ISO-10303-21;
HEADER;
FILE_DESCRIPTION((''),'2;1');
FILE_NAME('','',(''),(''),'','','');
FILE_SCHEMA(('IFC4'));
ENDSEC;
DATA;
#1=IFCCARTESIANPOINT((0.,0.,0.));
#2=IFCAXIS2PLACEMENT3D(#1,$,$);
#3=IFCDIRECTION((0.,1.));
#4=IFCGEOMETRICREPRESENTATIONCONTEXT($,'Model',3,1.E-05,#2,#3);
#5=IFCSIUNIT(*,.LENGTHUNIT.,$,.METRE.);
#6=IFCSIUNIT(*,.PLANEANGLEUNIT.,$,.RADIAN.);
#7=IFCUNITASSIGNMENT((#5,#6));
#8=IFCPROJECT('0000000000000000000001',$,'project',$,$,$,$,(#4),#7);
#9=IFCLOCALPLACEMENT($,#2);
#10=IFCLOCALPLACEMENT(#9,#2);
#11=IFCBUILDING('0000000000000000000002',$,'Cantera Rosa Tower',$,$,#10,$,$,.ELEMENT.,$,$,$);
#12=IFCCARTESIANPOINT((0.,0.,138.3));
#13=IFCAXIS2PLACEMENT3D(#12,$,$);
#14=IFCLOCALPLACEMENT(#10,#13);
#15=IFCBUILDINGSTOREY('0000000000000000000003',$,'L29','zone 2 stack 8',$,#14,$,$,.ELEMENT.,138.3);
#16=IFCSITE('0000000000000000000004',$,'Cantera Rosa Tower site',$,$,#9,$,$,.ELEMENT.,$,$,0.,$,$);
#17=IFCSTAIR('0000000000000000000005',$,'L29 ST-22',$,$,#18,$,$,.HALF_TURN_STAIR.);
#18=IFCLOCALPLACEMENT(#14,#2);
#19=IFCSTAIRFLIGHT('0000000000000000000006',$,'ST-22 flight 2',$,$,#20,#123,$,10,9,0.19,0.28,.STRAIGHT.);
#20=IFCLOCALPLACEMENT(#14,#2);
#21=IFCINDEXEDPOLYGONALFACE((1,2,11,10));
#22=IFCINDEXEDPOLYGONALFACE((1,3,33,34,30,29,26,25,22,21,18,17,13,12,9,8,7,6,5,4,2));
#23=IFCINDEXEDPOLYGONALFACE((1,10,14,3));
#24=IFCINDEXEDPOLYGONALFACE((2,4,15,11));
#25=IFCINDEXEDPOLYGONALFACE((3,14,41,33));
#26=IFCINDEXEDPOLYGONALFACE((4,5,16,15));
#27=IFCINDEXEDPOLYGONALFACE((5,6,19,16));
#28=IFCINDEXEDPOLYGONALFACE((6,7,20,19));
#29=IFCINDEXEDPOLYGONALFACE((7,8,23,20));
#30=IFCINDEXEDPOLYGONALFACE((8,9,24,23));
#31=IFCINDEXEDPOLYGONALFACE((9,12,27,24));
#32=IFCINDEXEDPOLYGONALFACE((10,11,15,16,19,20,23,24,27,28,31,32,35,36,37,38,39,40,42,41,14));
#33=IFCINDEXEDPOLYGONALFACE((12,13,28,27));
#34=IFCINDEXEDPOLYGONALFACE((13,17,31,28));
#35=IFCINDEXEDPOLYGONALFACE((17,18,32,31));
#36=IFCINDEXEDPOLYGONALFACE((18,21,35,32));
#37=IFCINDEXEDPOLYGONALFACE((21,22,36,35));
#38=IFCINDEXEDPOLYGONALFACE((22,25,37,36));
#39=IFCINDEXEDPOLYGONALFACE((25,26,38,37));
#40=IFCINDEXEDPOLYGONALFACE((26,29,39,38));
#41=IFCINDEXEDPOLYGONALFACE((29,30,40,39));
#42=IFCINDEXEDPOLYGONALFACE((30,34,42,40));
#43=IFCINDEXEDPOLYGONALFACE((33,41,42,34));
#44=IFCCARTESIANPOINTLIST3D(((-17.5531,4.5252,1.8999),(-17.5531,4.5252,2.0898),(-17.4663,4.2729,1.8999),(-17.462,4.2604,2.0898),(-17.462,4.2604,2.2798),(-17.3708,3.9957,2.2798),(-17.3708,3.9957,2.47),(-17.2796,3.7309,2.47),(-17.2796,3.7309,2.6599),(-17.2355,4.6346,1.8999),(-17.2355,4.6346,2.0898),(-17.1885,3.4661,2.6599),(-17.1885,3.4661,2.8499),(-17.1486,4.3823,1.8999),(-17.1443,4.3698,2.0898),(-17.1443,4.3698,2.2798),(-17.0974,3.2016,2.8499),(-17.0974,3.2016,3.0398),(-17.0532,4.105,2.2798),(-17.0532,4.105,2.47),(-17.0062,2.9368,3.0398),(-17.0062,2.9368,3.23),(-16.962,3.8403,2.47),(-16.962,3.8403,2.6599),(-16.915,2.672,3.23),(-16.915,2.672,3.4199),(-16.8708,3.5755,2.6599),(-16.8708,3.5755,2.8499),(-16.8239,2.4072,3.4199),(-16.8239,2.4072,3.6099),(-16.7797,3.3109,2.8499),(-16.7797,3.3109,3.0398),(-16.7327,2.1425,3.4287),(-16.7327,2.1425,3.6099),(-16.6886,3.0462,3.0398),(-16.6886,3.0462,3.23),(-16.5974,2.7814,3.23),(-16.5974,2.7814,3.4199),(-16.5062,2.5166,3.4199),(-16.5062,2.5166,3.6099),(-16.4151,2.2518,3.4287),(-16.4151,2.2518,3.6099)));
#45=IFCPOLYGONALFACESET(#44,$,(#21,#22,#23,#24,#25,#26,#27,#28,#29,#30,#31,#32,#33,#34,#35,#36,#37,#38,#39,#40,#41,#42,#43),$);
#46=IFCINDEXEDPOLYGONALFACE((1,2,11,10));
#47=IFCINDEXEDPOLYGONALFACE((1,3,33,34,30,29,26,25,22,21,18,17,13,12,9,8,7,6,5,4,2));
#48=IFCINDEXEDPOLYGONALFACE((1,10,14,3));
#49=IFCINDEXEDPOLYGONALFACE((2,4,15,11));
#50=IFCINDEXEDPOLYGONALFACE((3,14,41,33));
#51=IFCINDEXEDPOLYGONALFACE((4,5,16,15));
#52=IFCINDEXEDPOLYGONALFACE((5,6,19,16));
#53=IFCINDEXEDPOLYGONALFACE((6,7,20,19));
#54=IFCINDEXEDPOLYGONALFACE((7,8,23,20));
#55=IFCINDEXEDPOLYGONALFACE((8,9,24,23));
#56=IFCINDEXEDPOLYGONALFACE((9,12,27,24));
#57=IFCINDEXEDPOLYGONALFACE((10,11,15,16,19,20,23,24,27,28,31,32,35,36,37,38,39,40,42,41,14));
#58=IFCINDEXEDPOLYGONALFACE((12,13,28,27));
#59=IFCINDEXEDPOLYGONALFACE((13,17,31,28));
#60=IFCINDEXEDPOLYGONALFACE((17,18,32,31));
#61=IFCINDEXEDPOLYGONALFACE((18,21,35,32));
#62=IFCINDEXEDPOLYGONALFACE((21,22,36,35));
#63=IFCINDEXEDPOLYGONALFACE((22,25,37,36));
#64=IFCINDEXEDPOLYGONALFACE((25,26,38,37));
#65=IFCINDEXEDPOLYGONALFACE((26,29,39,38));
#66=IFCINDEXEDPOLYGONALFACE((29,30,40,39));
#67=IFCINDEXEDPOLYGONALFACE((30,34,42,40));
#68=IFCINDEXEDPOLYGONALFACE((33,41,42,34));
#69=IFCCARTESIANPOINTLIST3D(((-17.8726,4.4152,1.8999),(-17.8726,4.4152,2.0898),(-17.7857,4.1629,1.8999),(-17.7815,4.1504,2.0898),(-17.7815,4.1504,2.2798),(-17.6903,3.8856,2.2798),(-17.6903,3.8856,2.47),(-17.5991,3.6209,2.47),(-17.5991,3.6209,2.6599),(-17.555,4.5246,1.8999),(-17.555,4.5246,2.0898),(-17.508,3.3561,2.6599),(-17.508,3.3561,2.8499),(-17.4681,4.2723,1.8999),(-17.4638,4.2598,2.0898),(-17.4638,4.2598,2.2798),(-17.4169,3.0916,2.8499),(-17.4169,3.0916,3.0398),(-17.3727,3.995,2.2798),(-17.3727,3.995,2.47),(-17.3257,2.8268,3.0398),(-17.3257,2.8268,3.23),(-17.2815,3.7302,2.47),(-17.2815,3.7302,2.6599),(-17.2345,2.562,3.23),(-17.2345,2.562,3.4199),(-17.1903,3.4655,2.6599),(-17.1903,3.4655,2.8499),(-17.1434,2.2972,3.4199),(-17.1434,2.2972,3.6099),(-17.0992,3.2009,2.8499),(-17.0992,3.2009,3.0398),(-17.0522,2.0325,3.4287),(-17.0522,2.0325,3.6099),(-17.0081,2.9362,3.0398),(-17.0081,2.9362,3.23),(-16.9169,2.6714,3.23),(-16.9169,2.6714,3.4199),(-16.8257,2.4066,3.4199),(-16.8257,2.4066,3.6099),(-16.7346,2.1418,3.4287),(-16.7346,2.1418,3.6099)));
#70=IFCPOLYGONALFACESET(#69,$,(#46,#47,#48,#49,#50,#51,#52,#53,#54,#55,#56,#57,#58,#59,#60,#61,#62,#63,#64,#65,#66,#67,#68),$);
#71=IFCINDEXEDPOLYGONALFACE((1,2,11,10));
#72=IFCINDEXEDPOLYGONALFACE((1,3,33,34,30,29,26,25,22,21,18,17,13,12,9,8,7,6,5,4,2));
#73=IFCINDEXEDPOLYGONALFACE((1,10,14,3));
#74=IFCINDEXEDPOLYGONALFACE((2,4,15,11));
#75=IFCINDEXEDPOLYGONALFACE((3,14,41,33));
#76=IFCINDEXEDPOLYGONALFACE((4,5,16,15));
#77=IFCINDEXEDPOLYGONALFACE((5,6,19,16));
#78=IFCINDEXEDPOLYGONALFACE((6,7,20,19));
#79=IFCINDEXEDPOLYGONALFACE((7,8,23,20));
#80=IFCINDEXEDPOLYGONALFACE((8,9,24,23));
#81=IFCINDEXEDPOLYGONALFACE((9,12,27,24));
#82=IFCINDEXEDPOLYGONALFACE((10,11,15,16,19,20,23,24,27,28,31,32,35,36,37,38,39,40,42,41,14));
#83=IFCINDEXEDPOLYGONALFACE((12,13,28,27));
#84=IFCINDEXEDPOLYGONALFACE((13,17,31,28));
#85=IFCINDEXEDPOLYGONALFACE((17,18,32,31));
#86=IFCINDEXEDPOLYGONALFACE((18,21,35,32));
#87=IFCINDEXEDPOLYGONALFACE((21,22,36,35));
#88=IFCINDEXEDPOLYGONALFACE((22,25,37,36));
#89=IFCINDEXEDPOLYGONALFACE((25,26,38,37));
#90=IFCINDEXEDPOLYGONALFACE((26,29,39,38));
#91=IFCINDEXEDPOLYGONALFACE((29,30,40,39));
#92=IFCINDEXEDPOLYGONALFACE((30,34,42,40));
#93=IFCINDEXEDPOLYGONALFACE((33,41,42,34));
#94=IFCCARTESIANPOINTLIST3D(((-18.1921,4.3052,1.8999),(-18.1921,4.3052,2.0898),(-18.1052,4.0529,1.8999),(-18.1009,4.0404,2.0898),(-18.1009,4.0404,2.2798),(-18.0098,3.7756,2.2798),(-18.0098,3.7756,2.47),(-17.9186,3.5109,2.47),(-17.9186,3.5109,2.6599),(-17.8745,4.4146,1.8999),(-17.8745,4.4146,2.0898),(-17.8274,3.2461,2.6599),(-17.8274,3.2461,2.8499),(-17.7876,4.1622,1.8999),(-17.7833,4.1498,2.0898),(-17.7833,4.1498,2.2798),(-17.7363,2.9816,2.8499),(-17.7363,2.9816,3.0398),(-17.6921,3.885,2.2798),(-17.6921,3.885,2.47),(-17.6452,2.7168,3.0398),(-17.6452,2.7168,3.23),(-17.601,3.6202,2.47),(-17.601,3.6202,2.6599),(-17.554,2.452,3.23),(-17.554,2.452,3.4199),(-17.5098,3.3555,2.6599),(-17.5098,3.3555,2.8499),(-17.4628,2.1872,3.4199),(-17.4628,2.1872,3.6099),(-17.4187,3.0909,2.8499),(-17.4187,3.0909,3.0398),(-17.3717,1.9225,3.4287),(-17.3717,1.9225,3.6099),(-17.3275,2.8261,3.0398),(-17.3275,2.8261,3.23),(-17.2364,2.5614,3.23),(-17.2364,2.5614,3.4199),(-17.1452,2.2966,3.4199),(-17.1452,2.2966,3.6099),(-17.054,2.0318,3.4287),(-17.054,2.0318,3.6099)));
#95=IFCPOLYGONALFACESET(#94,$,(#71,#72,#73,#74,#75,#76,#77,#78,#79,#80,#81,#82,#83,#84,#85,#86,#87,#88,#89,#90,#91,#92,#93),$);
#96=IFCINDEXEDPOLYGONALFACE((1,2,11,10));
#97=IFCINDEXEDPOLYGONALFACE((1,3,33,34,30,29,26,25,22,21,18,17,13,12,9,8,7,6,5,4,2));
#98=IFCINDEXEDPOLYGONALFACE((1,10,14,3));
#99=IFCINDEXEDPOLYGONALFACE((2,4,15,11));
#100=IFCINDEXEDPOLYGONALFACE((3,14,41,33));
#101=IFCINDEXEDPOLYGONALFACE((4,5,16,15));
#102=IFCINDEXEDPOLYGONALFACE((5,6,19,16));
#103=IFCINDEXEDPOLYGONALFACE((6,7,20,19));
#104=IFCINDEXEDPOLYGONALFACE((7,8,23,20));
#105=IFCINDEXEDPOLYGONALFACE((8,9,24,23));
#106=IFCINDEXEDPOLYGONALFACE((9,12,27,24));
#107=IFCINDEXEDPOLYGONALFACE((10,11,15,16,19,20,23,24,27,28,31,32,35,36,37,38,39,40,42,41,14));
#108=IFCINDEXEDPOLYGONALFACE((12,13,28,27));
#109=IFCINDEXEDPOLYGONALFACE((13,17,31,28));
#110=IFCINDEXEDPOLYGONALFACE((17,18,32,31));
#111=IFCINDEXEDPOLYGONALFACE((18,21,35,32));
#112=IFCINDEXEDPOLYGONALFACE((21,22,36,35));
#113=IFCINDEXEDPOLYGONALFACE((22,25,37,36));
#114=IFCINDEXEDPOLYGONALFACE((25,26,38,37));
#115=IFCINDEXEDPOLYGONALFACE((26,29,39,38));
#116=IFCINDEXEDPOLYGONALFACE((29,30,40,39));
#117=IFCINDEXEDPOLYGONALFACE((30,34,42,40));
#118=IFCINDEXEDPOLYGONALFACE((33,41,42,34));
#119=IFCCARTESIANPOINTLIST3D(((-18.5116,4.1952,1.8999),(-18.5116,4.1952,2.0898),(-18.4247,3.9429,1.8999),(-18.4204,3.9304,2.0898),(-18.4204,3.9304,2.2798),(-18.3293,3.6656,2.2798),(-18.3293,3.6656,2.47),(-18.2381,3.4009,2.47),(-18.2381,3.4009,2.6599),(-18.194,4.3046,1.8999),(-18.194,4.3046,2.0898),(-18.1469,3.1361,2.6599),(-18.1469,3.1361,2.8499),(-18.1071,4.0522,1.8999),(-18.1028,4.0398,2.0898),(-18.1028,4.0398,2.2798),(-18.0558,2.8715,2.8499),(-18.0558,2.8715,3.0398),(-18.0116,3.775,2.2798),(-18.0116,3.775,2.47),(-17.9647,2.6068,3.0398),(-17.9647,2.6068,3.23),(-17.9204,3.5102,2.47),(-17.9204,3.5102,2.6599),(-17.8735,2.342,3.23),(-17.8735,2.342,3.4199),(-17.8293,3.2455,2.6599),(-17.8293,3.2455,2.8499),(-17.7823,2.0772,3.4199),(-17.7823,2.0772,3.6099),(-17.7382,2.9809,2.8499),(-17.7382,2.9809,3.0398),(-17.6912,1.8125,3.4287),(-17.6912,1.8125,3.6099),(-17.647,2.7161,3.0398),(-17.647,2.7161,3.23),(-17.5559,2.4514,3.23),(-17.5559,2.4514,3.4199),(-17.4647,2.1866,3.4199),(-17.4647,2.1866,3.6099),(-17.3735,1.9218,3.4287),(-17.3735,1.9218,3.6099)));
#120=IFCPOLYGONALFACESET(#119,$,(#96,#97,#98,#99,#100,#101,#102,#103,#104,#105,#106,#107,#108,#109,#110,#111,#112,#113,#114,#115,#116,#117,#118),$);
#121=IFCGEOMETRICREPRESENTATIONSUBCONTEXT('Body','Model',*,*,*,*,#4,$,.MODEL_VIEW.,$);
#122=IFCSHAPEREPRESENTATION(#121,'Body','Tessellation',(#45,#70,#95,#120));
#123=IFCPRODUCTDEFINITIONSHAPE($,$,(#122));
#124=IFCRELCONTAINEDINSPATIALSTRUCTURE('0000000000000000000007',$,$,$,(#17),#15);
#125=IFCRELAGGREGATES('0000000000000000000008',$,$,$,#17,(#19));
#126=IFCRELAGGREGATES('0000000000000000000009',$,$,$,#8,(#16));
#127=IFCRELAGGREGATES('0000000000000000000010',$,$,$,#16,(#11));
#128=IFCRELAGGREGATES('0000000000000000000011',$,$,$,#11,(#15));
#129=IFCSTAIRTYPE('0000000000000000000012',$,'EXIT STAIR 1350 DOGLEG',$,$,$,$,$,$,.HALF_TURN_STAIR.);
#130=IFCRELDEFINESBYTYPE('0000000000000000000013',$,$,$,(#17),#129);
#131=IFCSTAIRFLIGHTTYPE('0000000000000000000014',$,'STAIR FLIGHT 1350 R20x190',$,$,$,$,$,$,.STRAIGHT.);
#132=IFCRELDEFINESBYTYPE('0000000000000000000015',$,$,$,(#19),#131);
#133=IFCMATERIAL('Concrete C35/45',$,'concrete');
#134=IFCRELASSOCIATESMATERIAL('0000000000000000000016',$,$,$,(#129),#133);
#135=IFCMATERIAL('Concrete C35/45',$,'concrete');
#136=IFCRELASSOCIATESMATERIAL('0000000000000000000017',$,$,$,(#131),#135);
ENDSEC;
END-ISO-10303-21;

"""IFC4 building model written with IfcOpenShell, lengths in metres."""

from ifc_helpers import new_model, si_unit, direction, frame, origin, place, context, subcontext, project, spatial, polyline, outline, extrude, material, type_object, element, aggregate, save


model = new_model("IFC4")

# Units and contexts
model_context = context("Model", 3, precision=1e-05, world=origin(), true_north=direction((0.0, 1.0)))
body_context = subcontext(model_context, "Body", "Model", "MODEL_VIEW")
ifc_project = project(units=[si_unit("LENGTHUNIT", "METRE"), si_unit("PLANEANGLEUNIT", "RADIAN")], contexts=[model_context])

# Site, building, storey
site_placement = place(None, origin())
site = spatial("IfcSite", under=ifc_project, at=site_placement, Name="Cantera Rosa Tower site", CompositionType="ELEMENT", RefElevation=0.0)
building_placement = place(site_placement, origin())
building = spatial("IfcBuilding", under=site, at=building_placement, Name="Cantera Rosa Tower", CompositionType="ELEMENT")
storey_placement = place(building_placement, frame((0.0, 0.0, 138.3)))
storey = spatial("IfcBuildingStorey", under=building, at=storey_placement, Name="L29", Description="zone 2 stack 8", CompositionType="ELEMENT", Elevation=138.3)

# Stair, stair flight
ifc_material_1 = material(Name="Concrete C35/45", Category="concrete")
stair_type = type_object("IfcStairType", Name="EXIT STAIR 1350 DOGLEG", PredefinedType="HALF_TURN_STAIR", material=ifc_material_1)
stair_placement = place(storey_placement, origin())
stair = element("IfcStair", 1, at=stair_placement, inside=storey, type_object=stair_type, Name="L29 ST-22", PredefinedType="HALF_TURN_STAIR")
ifc_material_2 = material(Name="Concrete C35/45", Category="concrete")
stair_flight_type = type_object("IfcStairFlightType", Name="STAIR FLIGHT 1350 R20x190", PredefinedType="STRAIGHT", material=ifc_material_2)
stair_flight_placement = place(storey_placement, frame((-17.8738, 4.4148, 1.8999), z_axis=(0.0, 0.0, 1.0), x_axis=(0.325568, -0.945519, 0.0)))
stair_flight = element("IfcStairFlight", 2, at=stair_flight_placement, type_object=stair_flight_type, Name="ST-22 flight 2", NumberOfRisers=10, NumberOfTreads=9, PredefinedType="STRAIGHT", RiserHeight=0.19, TreadLength=0.28, context=body_context, shape_type="SweptSolid", body=[
    extrude(outline(polyline([(0.0, 0.0), (0.0, 0.1899), (0.28, 0.1899), (0.28, 0.3799), (0.5601, 0.3799), (0.5601, 0.5701), (0.8401, 0.5701), (0.8401, 0.76), (1.1201, 0.76), (1.1201, 0.95), (1.3999, 0.95), (1.3999, 1.1399), (1.6799, 1.1399), (1.6799, 1.3301), (1.96, 1.3301), (1.96, 1.52), (2.24, 1.52), (2.24, 1.71), (2.52, 1.71), (2.52, 1.8999), (2.52, 1.5288), (0.2668, 0.0), (0.0, 0.0)])), frame((0.0, 0.675, 0.0), z_axis=(0.0, -1.0, 0.0), x_axis=(1.0, 0.0, 0.0)), (0.0, 0.0, 1.0), 0.3359),
    extrude(outline(polyline([(0.0, 0.0), (0.0, 0.1899), (0.28, 0.1899), (0.28, 0.3799), (0.5601, 0.3799), (0.5601, 0.5701), (0.8401, 0.5701), (0.8401, 0.76), (1.1201, 0.76), (1.1201, 0.95), (1.3999, 0.95), (1.3999, 1.1399), (1.6799, 1.1399), (1.6799, 1.3301), (1.96, 1.3301), (1.96, 1.52), (2.24, 1.52), (2.24, 1.71), (2.52, 1.71), (2.52, 1.8999), (2.52, 1.5288), (0.2668, 0.0), (0.0, 0.0)])), frame((0.0, 0.3372, 0.0), z_axis=(0.0, -1.0, 0.0), x_axis=(1.0, 0.0, 0.0)), (0.0, 0.0, 1.0), 0.3359),
    extrude(outline(polyline([(0.0, 0.0), (0.0, 0.1899), (0.28, 0.1899), (0.28, 0.3799), (0.5601, 0.3799), (0.5601, 0.5701), (0.8401, 0.5701), (0.8401, 0.76), (1.1201, 0.76), (1.1201, 0.95), (1.3999, 0.95), (1.3999, 1.1399), (1.6799, 1.1399), (1.6799, 1.3301), (1.96, 1.3301), (1.96, 1.52), (2.24, 1.52), (2.24, 1.71), (2.52, 1.71), (2.52, 1.8999), (2.52, 1.5288), (0.2668, 0.0), (0.0, 0.0)])), frame((0.0, -0.0007, 0.0), z_axis=(0.0, -1.0, 0.0), x_axis=(1.0, 0.0, 0.0)), (0.0, 0.0, 1.0), 0.3359),
    extrude(outline(polyline([(0.0, 0.0), (0.0, 0.1899), (0.28, 0.1899), (0.28, 0.3799), (0.5601, 0.3799), (0.5601, 0.5701), (0.8401, 0.5701), (0.8401, 0.76), (1.1201, 0.76), (1.1201, 0.95), (1.3999, 0.95), (1.3999, 1.1399), (1.6799, 1.1399), (1.6799, 1.3301), (1.96, 1.3301), (1.96, 1.52), (2.24, 1.52), (2.24, 1.71), (2.52, 1.71), (2.52, 1.8999), (2.52, 1.5288), (0.2668, 0.0), (0.0, 0.0)])), frame((0.0, -0.3386, 0.0), z_axis=(0.0, -1.0, 0.0), x_axis=(1.0, 0.0, 0.0)), (0.0, 0.0, 1.0), 0.3359),
])
aggregate(stair, [stair_flight])

save(model, "model.ifc")
